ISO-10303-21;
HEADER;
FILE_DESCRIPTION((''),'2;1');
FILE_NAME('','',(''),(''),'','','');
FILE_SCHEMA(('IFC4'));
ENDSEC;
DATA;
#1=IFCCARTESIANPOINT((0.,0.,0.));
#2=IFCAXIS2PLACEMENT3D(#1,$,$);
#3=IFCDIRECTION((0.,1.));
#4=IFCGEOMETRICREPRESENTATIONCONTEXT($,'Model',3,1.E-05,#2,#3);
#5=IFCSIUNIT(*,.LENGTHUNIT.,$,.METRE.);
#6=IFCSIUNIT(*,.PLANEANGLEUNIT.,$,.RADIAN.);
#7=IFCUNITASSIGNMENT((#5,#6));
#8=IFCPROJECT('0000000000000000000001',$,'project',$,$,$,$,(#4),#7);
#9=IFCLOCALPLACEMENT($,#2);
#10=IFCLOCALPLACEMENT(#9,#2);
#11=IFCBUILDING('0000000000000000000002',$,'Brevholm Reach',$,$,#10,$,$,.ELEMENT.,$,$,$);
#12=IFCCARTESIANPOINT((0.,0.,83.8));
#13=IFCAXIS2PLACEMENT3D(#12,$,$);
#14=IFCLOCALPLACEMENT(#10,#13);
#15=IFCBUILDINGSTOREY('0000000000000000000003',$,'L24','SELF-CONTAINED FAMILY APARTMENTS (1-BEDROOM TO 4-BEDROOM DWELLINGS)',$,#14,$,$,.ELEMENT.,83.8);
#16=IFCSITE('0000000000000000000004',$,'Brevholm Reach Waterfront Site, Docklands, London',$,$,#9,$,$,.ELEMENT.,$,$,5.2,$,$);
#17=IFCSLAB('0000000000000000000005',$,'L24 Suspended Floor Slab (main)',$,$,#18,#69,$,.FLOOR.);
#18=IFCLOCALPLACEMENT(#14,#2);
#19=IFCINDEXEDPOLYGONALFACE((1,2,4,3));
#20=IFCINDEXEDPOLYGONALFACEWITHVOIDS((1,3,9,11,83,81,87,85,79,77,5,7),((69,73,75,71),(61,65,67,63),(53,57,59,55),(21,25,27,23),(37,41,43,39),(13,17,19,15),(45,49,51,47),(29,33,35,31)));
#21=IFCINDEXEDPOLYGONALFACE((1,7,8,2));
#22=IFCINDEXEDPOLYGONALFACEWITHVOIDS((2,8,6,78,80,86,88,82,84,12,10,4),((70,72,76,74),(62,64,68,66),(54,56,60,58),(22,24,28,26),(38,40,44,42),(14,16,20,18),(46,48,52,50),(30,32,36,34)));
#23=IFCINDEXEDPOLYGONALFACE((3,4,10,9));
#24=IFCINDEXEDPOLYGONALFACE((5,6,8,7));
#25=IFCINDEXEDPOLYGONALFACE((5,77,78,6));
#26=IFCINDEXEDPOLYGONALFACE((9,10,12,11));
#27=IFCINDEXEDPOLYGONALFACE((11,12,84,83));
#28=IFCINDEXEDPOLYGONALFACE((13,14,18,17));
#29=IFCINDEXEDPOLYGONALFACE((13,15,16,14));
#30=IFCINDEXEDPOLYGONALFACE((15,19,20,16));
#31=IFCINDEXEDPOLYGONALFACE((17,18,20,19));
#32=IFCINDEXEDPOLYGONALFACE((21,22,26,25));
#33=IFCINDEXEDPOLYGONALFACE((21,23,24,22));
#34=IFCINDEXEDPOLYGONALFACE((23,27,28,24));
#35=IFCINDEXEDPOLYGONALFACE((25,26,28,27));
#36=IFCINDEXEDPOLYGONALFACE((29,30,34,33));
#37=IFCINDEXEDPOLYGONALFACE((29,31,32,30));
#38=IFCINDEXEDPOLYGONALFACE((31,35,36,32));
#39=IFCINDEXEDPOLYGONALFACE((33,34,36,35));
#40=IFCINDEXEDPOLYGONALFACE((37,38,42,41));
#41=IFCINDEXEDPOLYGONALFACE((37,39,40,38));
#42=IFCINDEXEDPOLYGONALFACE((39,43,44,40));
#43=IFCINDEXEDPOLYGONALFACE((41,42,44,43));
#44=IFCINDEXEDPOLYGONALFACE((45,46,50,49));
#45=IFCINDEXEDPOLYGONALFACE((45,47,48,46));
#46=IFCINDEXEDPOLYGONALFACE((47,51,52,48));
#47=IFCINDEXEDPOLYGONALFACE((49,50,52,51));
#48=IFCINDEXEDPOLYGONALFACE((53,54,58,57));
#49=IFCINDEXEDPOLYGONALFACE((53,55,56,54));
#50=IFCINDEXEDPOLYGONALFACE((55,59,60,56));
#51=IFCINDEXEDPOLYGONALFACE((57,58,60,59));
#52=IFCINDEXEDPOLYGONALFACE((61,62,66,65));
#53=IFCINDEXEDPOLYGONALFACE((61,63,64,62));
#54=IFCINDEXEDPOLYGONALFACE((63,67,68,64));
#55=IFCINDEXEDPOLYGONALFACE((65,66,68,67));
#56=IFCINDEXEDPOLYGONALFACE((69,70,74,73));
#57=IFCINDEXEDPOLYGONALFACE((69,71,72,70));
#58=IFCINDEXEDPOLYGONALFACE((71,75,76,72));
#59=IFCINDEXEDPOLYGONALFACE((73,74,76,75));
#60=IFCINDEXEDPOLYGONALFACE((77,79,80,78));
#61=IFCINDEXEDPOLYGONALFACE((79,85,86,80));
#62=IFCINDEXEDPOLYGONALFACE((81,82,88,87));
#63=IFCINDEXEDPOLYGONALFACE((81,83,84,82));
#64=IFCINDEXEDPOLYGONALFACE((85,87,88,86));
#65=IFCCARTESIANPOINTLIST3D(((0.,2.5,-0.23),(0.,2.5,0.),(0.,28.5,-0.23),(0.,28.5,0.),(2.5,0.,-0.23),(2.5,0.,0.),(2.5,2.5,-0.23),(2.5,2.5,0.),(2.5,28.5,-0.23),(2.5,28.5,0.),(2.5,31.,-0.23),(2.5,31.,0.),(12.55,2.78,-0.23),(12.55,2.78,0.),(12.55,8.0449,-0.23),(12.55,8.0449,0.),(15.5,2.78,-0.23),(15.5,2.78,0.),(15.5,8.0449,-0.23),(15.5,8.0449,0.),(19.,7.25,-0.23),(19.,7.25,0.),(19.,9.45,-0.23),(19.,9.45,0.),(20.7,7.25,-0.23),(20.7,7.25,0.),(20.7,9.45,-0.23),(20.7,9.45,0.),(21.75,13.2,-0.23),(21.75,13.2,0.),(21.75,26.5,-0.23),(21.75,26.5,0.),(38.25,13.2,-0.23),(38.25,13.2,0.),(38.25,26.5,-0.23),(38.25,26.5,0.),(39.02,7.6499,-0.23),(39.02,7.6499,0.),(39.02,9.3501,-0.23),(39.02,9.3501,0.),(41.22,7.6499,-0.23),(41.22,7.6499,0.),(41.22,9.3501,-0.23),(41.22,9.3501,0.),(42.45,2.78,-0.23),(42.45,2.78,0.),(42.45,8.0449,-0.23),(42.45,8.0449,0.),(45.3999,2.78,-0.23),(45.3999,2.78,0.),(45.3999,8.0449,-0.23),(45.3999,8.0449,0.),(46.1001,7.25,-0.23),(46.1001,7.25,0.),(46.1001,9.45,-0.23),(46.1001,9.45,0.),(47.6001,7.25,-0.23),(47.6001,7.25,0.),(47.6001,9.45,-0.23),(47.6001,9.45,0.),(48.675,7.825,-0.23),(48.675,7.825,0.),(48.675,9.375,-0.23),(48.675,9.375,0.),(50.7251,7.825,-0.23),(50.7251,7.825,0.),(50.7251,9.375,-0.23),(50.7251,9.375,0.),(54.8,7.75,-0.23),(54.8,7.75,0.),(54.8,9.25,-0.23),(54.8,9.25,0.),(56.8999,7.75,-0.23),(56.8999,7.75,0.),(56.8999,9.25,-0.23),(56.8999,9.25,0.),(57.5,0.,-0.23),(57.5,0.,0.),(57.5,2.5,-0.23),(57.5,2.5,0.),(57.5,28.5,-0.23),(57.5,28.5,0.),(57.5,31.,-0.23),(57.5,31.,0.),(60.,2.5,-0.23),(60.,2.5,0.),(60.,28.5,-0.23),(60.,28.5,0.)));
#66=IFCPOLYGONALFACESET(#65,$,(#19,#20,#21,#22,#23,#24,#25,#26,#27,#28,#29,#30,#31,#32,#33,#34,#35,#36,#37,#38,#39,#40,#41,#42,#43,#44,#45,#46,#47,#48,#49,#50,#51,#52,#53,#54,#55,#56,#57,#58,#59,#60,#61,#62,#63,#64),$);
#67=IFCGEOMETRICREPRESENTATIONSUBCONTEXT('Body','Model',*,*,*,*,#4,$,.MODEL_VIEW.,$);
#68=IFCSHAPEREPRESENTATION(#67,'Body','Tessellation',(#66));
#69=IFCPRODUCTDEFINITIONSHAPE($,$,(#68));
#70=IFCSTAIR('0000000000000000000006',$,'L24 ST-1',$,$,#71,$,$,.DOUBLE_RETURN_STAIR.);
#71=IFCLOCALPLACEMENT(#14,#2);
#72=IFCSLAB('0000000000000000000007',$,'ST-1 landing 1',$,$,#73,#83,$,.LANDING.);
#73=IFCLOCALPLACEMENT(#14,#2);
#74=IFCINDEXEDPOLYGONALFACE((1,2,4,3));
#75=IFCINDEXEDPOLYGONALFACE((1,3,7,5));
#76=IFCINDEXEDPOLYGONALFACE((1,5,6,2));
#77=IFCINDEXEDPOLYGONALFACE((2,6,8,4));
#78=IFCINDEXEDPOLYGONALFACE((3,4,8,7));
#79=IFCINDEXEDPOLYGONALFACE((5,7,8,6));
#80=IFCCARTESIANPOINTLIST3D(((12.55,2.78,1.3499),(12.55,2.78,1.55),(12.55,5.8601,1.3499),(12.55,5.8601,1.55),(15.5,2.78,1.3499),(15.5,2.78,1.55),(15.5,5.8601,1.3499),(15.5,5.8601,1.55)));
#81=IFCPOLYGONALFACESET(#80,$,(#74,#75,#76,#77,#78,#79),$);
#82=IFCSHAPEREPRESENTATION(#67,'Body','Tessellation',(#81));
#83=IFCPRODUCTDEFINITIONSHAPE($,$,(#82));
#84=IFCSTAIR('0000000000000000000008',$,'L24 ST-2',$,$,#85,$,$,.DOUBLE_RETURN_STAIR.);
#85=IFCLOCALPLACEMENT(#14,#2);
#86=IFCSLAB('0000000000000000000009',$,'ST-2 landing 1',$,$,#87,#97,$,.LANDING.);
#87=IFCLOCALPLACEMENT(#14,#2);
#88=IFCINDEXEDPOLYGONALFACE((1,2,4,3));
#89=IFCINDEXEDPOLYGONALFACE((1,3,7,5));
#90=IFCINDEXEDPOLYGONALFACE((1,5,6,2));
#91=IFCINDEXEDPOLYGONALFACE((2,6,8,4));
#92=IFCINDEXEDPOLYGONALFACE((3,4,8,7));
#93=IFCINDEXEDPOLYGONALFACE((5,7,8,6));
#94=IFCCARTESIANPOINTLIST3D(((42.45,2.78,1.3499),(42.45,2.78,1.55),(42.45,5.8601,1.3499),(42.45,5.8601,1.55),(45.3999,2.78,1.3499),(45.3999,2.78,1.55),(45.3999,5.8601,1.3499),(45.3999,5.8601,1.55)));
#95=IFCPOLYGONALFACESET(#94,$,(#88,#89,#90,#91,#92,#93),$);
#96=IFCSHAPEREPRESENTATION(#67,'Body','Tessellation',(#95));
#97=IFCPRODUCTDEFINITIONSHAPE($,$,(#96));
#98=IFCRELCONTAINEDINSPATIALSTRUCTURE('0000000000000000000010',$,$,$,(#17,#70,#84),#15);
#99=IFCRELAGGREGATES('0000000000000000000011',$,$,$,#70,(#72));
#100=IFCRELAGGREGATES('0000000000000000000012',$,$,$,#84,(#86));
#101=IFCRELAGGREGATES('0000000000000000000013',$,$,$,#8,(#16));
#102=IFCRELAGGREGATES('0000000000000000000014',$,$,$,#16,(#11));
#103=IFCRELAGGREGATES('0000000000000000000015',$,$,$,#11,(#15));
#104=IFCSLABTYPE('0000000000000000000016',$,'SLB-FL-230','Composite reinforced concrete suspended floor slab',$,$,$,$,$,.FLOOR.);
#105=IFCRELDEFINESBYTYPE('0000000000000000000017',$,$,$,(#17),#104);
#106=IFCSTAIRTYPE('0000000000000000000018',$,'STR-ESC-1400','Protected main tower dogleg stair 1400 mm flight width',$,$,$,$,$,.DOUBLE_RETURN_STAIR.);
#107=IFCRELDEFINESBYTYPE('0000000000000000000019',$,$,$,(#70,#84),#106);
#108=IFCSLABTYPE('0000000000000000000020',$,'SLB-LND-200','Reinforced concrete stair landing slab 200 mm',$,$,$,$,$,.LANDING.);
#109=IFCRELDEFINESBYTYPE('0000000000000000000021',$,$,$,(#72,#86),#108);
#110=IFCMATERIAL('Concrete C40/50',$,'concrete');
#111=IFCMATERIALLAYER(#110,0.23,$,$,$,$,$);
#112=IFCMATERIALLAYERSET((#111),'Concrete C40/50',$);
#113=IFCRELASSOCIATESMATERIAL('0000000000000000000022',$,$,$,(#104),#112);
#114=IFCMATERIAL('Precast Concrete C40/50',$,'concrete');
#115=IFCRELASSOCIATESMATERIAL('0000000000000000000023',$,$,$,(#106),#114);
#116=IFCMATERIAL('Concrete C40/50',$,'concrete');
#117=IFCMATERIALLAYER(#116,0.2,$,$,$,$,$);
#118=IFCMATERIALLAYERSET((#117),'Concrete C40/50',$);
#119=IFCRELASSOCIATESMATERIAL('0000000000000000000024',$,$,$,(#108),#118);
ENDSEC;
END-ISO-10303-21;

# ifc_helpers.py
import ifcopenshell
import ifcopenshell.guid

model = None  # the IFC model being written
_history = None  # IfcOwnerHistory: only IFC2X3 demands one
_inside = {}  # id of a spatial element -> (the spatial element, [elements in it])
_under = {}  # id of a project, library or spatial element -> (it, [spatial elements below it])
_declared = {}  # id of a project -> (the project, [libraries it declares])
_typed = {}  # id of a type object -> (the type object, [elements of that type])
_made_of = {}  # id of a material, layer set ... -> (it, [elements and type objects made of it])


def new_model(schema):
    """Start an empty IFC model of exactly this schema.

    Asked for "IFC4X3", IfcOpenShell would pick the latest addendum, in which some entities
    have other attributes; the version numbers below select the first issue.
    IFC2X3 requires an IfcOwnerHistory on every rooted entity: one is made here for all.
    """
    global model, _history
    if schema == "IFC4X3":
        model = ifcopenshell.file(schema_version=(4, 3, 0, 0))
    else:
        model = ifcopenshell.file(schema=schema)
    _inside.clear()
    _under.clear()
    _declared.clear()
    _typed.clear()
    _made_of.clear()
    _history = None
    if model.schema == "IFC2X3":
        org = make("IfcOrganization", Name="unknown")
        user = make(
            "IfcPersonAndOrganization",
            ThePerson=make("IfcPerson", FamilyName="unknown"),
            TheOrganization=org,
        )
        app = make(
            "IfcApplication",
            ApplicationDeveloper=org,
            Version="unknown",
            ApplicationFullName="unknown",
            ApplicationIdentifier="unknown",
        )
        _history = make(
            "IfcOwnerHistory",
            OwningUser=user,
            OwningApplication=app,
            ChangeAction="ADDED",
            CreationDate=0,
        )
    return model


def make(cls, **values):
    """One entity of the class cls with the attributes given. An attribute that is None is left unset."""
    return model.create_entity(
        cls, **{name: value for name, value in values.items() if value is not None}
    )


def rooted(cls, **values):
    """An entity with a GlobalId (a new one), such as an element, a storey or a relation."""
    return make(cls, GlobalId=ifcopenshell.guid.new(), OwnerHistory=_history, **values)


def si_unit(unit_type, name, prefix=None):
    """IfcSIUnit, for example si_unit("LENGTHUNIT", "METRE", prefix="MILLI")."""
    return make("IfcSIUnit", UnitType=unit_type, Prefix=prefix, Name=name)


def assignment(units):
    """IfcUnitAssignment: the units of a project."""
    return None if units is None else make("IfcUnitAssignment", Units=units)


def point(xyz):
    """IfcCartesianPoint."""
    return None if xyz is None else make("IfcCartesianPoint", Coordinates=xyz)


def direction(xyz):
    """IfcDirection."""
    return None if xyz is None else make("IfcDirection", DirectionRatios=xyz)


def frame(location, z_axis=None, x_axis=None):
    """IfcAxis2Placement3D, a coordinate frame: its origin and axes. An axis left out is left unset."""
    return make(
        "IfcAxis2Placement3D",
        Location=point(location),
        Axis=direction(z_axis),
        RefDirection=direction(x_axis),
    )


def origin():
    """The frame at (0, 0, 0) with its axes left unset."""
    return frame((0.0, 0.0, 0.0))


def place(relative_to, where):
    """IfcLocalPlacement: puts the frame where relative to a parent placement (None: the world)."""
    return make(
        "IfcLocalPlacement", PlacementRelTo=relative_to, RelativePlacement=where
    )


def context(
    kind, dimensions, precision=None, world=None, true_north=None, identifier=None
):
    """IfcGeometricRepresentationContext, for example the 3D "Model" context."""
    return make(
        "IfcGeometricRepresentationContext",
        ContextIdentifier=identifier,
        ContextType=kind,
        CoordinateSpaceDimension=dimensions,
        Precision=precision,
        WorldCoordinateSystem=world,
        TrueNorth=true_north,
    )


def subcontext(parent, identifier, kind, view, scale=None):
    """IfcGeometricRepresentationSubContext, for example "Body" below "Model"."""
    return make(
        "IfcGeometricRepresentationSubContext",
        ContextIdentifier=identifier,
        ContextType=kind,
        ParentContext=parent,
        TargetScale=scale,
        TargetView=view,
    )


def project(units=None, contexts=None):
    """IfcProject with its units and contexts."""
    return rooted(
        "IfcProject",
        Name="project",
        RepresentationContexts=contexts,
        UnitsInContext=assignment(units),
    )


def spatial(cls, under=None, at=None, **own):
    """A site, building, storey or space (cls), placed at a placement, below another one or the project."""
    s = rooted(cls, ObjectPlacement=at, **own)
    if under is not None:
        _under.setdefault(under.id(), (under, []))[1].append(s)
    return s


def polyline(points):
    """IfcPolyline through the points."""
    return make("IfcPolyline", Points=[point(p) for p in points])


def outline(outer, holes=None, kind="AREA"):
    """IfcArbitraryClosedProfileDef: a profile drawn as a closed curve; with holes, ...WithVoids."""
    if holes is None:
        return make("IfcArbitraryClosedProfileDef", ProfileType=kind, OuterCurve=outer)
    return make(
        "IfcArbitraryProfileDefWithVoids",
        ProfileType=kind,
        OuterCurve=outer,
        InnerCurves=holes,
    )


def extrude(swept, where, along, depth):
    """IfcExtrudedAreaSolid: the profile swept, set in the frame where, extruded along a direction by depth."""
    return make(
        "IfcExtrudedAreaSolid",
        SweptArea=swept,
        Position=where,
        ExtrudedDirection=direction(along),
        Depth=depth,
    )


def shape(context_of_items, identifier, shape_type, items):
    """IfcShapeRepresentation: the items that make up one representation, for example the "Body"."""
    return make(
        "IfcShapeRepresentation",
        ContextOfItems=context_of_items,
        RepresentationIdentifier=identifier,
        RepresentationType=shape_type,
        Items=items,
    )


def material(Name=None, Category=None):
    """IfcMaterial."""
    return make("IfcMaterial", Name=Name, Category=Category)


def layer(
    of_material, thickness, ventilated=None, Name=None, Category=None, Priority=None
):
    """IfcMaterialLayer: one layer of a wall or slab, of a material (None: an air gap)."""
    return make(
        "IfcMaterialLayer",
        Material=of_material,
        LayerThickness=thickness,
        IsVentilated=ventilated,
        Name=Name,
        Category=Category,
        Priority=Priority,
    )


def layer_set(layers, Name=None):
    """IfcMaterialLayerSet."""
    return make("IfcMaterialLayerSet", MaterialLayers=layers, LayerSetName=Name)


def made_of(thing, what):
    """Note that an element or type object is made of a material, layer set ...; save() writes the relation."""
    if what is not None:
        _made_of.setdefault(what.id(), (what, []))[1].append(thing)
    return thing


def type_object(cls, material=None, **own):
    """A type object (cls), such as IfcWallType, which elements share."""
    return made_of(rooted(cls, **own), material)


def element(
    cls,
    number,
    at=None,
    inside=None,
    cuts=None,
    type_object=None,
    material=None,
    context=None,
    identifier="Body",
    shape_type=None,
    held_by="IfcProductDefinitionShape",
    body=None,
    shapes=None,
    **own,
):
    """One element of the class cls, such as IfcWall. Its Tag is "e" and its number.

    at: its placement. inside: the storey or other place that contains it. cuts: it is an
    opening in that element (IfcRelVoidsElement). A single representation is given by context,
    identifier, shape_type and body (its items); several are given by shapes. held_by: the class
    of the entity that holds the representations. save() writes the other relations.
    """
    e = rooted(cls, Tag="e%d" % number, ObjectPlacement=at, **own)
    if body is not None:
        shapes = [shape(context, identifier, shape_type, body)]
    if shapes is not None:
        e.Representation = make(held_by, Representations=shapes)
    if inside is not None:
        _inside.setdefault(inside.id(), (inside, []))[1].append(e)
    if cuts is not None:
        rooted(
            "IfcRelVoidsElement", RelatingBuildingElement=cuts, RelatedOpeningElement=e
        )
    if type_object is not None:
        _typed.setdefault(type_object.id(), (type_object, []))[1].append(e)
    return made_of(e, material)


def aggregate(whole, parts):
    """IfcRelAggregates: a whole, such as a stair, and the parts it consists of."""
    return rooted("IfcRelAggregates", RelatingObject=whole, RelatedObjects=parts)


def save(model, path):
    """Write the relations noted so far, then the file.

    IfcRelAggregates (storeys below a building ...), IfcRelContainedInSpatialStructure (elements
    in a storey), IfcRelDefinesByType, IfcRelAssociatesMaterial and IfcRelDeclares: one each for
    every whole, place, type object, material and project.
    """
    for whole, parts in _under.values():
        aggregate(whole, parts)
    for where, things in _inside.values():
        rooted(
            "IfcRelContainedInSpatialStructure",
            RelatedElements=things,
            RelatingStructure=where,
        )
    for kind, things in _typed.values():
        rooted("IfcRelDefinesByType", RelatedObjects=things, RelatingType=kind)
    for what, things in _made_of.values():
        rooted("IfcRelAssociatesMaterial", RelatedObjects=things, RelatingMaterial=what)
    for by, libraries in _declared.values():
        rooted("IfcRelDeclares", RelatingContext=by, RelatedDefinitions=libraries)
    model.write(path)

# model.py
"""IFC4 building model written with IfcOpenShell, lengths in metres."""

from ifc_helpers import new_model, si_unit, direction, frame, origin, place, context, subcontext, project, spatial, polyline, outline, extrude, material, layer, layer_set, type_object, element, aggregate, save


model = new_model("IFC4")

# Units and contexts
model_context = context("Model", 3, precision=1e-05, world=origin(), true_north=direction((0.0, 1.0)))
body_context = subcontext(model_context, "Body", "Model", "MODEL_VIEW")
ifc_project = project(units=[si_unit("LENGTHUNIT", "METRE"), si_unit("PLANEANGLEUNIT", "RADIAN")], contexts=[model_context])

# Site, building, storey
site_placement = place(None, origin())
site = spatial("IfcSite", under=ifc_project, at=site_placement, Name="Brevholm Reach Waterfront Site, Docklands, London", CompositionType="ELEMENT", RefElevation=5.2)
building_placement = place(site_placement, origin())
building = spatial("IfcBuilding", under=site, at=building_placement, Name="Brevholm Reach", CompositionType="ELEMENT")
storey_placement = place(building_placement, frame((0.0, 0.0, 83.8)))
storey = spatial("IfcBuildingStorey", under=building, at=storey_placement, Name="L24", Description="SELF-CONTAINED FAMILY APARTMENTS (1-BEDROOM TO 4-BEDROOM DWELLINGS)", CompositionType="ELEMENT", Elevation=83.8)

# Slab
ifc_material_1 = material(Name="Concrete C40/50", Category="concrete")
ifc_layer_1 = layer(ifc_material_1, 0.23)
ifc_layer_set_1 = layer_set([ifc_layer_1], Name="Concrete C40/50")
slab_type_1 = type_object("IfcSlabType", Name="SLB-FL-230", Description="Composite reinforced concrete suspended floor slab", PredefinedType="FLOOR", material=ifc_layer_set_1)
slab_1_placement = place(storey_placement, frame((0.0, 0.0, -0.23)))
element("IfcSlab", 1, at=slab_1_placement, inside=storey, type_object=slab_type_1, Name="L24 Suspended Floor Slab (main)", PredefinedType="FLOOR", context=body_context, shape_type="SweptSolid", body=[
    extrude(outline(polyline([(2.5, 0.0), (57.5, 0.0), (57.5, 2.5), (60.0, 2.5), (60.0, 28.5), (57.5, 28.5), (57.5, 31.0), (2.5, 31.0), (2.5, 28.5), (0.0, 28.5), (0.0, 2.5), (2.5, 2.5), (2.5, 0.0)]), holes=[polyline([(21.75, 13.2), (38.25, 13.2), (38.25, 26.5), (21.75, 26.5), (21.75, 13.2)]), polyline([(12.55, 2.78), (15.5, 2.78), (15.5, 8.0449), (12.55, 8.0449), (12.55, 2.78)]), polyline([(42.45, 2.78), (45.3999, 2.78), (45.3999, 8.0449), (42.45, 8.0449), (42.45, 2.78)]), polyline([(19.0, 7.25), (20.7, 7.25), (20.7, 9.45), (19.0, 9.45), (19.0, 7.25)]), polyline([(46.1001, 7.25), (47.6001, 7.25), (47.6001, 9.45), (46.1001, 9.45), (46.1001, 7.25)]), polyline([(48.675, 7.825), (50.7251, 7.825), (50.7251, 9.375), (48.675, 9.375), (48.675, 7.825)]), polyline([(54.8, 7.75), (56.8999, 7.75), (56.8999, 9.25), (54.8, 9.25), (54.8, 7.75)]), polyline([(39.02, 7.6499), (41.22, 7.6499), (41.22, 9.3501), (39.02, 9.3501), (39.02, 7.6499)])]), origin(), (0.0, 0.0, 1.0), 0.23),
])

# Stairs, slabs
ifc_material_2 = material(Name="Precast Concrete C40/50", Category="concrete")
stair_type = type_object("IfcStairType", Name="STR-ESC-1400", Description="Protected main tower dogleg stair 1400 mm flight width", PredefinedType="DOUBLE_RETURN_STAIR", material=ifc_material_2)
stair_1_placement = place(storey_placement, origin())
stair_1 = element("IfcStair", 2, at=stair_1_placement, inside=storey, type_object=stair_type, Name="L24 ST-1", PredefinedType="DOUBLE_RETURN_STAIR")
ifc_material_3 = material(Name="Concrete C40/50", Category="concrete")
ifc_layer_2 = layer(ifc_material_3, 0.2)
ifc_layer_set_2 = layer_set([ifc_layer_2], Name="Concrete C40/50")
slab_type_2 = type_object("IfcSlabType", Name="SLB-LND-200", Description="Reinforced concrete stair landing slab 200 mm", PredefinedType="LANDING", material=ifc_layer_set_2)
slab_2_placement = place(storey_placement, frame((0.0, 0.0, 1.3499)))
slab_2 = element("IfcSlab", 3, at=slab_2_placement, type_object=slab_type_2, Name="ST-1 landing 1", PredefinedType="LANDING", context=body_context, shape_type="SweptSolid", body=[
    extrude(outline(polyline([(12.55, 5.8601), (12.55, 2.78), (15.5, 2.78), (15.5, 5.8601), (12.55, 5.8601)])), origin(), (0.0, 0.0, 1.0), 0.2002),
])
aggregate(stair_1, [slab_2])
stair_2_placement = place(storey_placement, origin())
stair_2 = element("IfcStair", 4, at=stair_2_placement, inside=storey, type_object=stair_type, Name="L24 ST-2", PredefinedType="DOUBLE_RETURN_STAIR")
slab_3_placement = place(storey_placement, frame((0.0, 0.0, 1.3499)))
slab_3 = element("IfcSlab", 5, at=slab_3_placement, type_object=slab_type_2, Name="ST-2 landing 1", PredefinedType="LANDING", context=body_context, shape_type="SweptSolid", body=[
    extrude(outline(polyline([(42.45, 5.8601), (42.45, 2.78), (45.3999, 2.78), (45.3999, 5.8601), (42.45, 5.8601)])), origin(), (0.0, 0.0, 1.0), 0.2002),
])
aggregate(stair_2, [slab_3])

save(model, "model.ifc")
